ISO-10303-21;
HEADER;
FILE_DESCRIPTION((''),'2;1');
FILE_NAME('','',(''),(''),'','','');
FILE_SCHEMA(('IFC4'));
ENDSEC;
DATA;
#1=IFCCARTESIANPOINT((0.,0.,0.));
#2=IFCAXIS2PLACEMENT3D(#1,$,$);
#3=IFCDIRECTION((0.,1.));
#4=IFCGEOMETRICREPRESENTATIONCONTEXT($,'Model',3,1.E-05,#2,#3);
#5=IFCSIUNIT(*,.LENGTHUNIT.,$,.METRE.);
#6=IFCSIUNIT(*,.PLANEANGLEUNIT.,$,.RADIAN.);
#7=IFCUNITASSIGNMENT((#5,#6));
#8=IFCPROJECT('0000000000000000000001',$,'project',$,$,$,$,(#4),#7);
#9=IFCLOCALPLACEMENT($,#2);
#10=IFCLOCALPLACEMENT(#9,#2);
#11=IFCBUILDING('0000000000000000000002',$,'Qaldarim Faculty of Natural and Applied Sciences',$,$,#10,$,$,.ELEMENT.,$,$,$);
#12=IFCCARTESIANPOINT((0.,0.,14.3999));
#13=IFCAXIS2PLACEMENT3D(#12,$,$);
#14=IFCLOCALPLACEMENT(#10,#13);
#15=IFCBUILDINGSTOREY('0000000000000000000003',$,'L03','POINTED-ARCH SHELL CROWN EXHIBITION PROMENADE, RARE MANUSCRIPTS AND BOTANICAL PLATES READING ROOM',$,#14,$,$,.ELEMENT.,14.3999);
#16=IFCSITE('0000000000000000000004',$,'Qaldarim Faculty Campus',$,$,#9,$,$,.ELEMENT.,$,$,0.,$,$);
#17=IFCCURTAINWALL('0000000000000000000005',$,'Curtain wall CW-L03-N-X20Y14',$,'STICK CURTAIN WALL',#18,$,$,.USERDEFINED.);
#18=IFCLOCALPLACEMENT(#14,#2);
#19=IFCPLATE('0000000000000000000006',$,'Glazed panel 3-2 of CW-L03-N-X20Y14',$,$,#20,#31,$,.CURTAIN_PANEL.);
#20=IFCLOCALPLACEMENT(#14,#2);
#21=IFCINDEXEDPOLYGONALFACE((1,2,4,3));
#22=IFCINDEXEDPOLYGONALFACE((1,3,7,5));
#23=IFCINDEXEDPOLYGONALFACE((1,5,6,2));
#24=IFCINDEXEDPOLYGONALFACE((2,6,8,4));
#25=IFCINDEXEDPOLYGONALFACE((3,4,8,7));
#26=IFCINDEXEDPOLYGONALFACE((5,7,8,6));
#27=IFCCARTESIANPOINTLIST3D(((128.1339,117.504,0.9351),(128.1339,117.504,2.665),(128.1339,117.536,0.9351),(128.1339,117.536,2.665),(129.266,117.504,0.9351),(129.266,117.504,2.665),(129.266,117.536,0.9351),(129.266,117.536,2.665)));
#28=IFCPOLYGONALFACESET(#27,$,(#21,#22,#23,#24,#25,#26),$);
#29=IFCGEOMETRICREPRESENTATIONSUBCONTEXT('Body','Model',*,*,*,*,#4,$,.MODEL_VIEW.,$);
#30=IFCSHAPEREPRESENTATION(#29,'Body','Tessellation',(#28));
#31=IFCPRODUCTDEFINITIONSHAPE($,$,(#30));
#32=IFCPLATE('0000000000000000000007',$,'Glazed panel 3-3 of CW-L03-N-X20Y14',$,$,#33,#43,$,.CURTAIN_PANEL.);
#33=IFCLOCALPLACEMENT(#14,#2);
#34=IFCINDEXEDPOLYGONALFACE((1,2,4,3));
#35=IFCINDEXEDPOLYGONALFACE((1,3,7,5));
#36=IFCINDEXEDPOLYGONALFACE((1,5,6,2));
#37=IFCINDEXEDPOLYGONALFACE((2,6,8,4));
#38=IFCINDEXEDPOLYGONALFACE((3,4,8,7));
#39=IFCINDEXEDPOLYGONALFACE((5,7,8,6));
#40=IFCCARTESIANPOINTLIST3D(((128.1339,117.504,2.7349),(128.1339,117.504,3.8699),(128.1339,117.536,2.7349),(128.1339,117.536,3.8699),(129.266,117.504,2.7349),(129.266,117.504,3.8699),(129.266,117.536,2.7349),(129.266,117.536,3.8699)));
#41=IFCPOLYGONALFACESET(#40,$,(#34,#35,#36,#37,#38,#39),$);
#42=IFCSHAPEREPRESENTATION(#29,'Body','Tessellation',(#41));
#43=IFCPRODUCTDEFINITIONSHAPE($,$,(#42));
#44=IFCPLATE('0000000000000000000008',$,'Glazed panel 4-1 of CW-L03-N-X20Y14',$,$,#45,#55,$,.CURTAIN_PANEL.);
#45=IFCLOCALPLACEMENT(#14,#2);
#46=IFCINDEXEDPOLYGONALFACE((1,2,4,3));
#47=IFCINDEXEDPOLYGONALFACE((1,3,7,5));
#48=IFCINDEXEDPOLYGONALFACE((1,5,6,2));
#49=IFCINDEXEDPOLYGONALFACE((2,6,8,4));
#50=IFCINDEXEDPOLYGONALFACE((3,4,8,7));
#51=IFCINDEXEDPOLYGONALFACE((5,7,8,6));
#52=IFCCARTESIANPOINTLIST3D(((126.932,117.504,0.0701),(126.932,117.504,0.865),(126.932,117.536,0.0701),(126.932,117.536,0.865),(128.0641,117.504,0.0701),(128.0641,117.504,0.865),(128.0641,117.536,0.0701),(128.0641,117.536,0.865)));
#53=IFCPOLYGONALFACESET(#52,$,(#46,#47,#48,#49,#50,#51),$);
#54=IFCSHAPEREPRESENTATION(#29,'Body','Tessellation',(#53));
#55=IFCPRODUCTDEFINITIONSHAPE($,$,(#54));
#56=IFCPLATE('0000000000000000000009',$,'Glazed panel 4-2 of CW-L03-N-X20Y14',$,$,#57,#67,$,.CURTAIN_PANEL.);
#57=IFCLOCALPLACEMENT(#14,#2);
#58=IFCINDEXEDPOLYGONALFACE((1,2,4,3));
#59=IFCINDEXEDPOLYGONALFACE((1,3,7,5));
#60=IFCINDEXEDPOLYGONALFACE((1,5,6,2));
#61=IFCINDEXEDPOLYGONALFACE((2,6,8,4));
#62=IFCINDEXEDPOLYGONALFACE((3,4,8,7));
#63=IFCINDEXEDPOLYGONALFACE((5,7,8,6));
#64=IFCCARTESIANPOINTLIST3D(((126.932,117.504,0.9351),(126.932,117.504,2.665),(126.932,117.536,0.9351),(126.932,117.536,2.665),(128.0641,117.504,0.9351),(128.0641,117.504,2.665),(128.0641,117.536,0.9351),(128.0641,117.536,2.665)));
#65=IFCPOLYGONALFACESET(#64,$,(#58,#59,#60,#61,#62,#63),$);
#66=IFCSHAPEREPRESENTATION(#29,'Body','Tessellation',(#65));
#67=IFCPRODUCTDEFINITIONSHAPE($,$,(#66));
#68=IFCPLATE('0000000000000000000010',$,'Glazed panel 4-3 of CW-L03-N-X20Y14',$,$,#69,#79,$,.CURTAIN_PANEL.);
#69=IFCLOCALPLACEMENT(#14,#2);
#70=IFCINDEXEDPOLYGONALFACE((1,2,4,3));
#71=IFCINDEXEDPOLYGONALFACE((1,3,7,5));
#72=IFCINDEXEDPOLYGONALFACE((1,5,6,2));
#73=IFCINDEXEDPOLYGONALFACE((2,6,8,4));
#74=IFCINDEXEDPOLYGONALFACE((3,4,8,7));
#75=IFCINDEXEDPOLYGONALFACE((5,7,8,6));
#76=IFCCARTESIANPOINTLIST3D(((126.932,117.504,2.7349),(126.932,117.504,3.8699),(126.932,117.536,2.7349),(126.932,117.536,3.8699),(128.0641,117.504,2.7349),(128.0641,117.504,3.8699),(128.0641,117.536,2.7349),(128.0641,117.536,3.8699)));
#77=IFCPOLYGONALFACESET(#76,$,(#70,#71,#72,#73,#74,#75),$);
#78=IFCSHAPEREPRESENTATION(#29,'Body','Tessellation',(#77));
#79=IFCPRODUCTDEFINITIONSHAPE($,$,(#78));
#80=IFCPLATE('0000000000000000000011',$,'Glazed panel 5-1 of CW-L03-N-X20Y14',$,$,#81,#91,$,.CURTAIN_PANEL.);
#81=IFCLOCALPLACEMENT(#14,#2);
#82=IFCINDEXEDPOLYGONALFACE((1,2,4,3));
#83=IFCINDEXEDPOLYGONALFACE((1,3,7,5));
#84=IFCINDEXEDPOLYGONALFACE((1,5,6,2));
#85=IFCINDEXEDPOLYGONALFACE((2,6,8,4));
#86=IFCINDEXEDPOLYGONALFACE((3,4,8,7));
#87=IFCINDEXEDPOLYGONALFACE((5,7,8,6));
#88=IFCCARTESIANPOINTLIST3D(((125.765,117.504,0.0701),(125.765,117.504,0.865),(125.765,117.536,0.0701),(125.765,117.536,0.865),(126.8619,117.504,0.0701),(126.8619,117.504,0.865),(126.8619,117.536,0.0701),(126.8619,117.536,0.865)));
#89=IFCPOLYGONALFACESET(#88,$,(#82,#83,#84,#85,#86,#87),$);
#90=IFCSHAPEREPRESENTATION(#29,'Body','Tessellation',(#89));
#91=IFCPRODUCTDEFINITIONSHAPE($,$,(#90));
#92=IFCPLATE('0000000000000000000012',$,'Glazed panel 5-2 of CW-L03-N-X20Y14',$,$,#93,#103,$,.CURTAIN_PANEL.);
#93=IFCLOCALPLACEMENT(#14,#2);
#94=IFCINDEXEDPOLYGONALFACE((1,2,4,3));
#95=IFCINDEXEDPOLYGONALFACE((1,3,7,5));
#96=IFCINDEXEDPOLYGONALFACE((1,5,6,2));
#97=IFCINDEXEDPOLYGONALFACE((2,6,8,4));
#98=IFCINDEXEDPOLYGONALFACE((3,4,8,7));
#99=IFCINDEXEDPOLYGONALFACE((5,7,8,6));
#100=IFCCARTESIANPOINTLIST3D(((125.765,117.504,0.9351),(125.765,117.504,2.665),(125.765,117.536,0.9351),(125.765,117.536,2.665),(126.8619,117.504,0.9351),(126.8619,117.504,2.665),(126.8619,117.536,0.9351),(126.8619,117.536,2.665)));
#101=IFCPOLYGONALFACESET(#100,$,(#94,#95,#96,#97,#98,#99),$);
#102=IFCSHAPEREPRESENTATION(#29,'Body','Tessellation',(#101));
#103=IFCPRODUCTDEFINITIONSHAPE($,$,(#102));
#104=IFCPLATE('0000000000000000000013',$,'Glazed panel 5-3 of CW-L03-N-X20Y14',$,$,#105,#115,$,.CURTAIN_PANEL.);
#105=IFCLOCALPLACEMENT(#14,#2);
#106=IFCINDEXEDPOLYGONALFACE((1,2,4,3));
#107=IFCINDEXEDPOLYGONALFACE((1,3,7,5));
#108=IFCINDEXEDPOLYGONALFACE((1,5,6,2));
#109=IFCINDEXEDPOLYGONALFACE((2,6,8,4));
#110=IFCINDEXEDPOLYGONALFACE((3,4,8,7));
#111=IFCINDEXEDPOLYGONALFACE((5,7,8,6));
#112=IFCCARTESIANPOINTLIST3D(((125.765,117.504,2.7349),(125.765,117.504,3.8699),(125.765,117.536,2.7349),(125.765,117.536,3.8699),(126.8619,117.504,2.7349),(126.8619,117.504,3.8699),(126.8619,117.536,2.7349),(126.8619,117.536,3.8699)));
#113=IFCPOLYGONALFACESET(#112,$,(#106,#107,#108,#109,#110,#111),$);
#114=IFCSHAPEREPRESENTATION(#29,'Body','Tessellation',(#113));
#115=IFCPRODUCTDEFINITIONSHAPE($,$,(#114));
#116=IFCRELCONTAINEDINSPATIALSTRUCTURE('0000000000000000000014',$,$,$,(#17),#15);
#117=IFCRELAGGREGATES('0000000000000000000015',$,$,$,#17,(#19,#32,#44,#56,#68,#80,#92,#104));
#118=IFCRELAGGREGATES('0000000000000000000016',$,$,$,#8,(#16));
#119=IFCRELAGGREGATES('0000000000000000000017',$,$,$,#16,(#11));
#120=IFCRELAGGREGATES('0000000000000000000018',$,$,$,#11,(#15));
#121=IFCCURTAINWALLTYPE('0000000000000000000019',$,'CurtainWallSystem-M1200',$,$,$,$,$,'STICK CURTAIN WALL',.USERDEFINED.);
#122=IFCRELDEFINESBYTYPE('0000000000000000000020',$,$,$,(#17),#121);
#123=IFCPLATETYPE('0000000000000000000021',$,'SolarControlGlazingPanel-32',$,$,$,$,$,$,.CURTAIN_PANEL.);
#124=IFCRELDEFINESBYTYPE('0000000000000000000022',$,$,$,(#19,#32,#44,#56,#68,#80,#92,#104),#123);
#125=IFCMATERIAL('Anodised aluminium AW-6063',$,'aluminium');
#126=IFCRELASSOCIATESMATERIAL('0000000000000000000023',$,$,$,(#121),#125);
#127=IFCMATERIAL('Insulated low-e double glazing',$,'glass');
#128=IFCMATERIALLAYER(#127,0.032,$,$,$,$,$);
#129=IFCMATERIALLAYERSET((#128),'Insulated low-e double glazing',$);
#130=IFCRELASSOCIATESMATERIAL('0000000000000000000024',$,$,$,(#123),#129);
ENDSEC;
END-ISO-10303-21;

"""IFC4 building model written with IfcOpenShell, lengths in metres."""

from ifc_helpers import new_model, si_unit, direction, frame, origin, origin_2d, place, context, subcontext, project, spatial, rectangle, extrude, material, layer, layer_set, type_object, element, aggregate, save


model = new_model("IFC4")

# Units and contexts
model_context = context("Model", 3, precision=1e-05, world=origin(), true_north=direction((0.0, 1.0)))
body_context = subcontext(model_context, "Body", "Model", "MODEL_VIEW")
ifc_project = project(units=[si_unit("LENGTHUNIT", "METRE"), si_unit("PLANEANGLEUNIT", "RADIAN")], contexts=[model_context])

# Site, building, storey
site_placement = place(None, origin())
site = spatial("IfcSite", under=ifc_project, at=site_placement, Name="Qaldarim Faculty Campus", CompositionType="ELEMENT", RefElevation=0.0)
building_placement = place(site_placement, origin())
building = spatial("IfcBuilding", under=site, at=building_placement, Name="Qaldarim Faculty of Natural and Applied Sciences", CompositionType="ELEMENT")
storey_placement = place(building_placement, frame((0.0, 0.0, 14.3999)))
storey = spatial("IfcBuildingStorey", under=building, at=storey_placement, Name="L03", Description="POINTED-ARCH SHELL CROWN EXHIBITION PROMENADE, RARE MANUSCRIPTS AND BOTANICAL PLATES READING ROOM", CompositionType="ELEMENT", Elevation=14.3999)

# Curtain wall
ifc_material_1 = material(Name="Anodised aluminium AW-6063", Category="aluminium")
curtain_wall_type = type_object("IfcCurtainWallType", Name="CurtainWallSystem-M1200", ElementType="STICK CURTAIN WALL", PredefinedType="USERDEFINED", material=ifc_material_1)
curtain_wall_placement = place(storey_placement, origin())
curtain_wall = element("IfcCurtainWall", 1, at=curtain_wall_placement, inside=storey, type_object=curtain_wall_type, Name="Curtain wall CW-L03-N-X20Y14", ObjectType="STICK CURTAIN WALL", PredefinedType="USERDEFINED")

# Plates
ifc_material_2 = material(Name="Insulated low-e double glazing", Category="glass")
ifc_layer = layer(ifc_material_2, 0.032)
ifc_layer_set = layer_set([ifc_layer], Name="Insulated low-e double glazing")
plate_type = type_object("IfcPlateType", Name="SolarControlGlazingPanel-32", PredefinedType="CURTAIN_PANEL", material=ifc_layer_set)
plate_1_placement = place(storey_placement, frame((128.7, 117.52, 0.9351), z_axis=(0.0, 0.0, 1.0), x_axis=(-1.0, 0.0, 0.0)))
plate_1 = element("IfcPlate", 2, at=plate_1_placement, type_object=plate_type, Name="Glazed panel 3-2 of CW-L03-N-X20Y14", PredefinedType="CURTAIN_PANEL", context=body_context, shape_type="SweptSolid", body=[
    extrude(rectangle(XDim=1.1321, YDim=0.032, at=origin_2d()), origin(), (0.0, 0.0, 1.0), 1.73),
])
plate_2_placement = place(storey_placement, frame((128.7, 117.52, 2.7349), z_axis=(0.0, 0.0, 1.0), x_axis=(-1.0, 0.0, 0.0)))
plate_2 = element("IfcPlate", 3, at=plate_2_placement, type_object=plate_type, Name="Glazed panel 3-3 of CW-L03-N-X20Y14", PredefinedType="CURTAIN_PANEL", context=body_context, shape_type="SweptSolid", body=[
    extrude(rectangle(XDim=1.1321, YDim=0.032, at=origin_2d()), origin(), (0.0, 0.0, 1.0), 1.135),
])
plate_3_placement = place(storey_placement, frame((127.498, 117.52, 0.0701), z_axis=(0.0, 0.0, 1.0), x_axis=(-1.0, 0.0, 0.0)))
plate_3 = element("IfcPlate", 4, at=plate_3_placement, type_object=plate_type, Name="Glazed panel 4-1 of CW-L03-N-X20Y14", PredefinedType="CURTAIN_PANEL", context=body_context, shape_type="SweptSolid", body=[
    extrude(rectangle(XDim=1.1321, YDim=0.032, at=origin_2d()), origin(), (0.0, 0.0, 1.0), 0.7949),
])
plate_4_placement = place(storey_placement, frame((127.498, 117.52, 0.9351), z_axis=(0.0, 0.0, 1.0), x_axis=(-1.0, 0.0, 0.0)))
plate_4 = element("IfcPlate", 5, at=plate_4_placement, type_object=plate_type, Name="Glazed panel 4-2 of CW-L03-N-X20Y14", PredefinedType="CURTAIN_PANEL", context=body_context, shape_type="SweptSolid", body=[
    extrude(rectangle(XDim=1.1321, YDim=0.032, at=origin_2d()), origin(), (0.0, 0.0, 1.0), 1.73),
])
plate_5_placement = place(storey_placement, frame((127.498, 117.52, 2.7349), z_axis=(0.0, 0.0, 1.0), x_axis=(-1.0, 0.0, 0.0)))
plate_5 = element("IfcPlate", 6, at=plate_5_placement, type_object=plate_type, Name="Glazed panel 4-3 of CW-L03-N-X20Y14", PredefinedType="CURTAIN_PANEL", context=body_context, shape_type="SweptSolid", body=[
    extrude(rectangle(XDim=1.1321, YDim=0.032, at=origin_2d()), origin(), (0.0, 0.0, 1.0), 1.135),
])
plate_6_placement = place(storey_placement, frame((126.3135, 117.52, 0.0701), z_axis=(0.0, 0.0, 1.0), x_axis=(-1.0, 0.0, 0.0)))
plate_6 = element("IfcPlate", 7, at=plate_6_placement, type_object=plate_type, Name="Glazed panel 5-1 of CW-L03-N-X20Y14", PredefinedType="CURTAIN_PANEL", context=body_context, shape_type="SweptSolid", body=[
    extrude(rectangle(XDim=1.0969, YDim=0.032, at=origin_2d()), origin(), (0.0, 0.0, 1.0), 0.7949),
])
plate_7_placement = place(storey_placement, frame((126.3135, 117.52, 0.9351), z_axis=(0.0, 0.0, 1.0), x_axis=(-1.0, 0.0, 0.0)))
plate_7 = element("IfcPlate", 8, at=plate_7_placement, type_object=plate_type, Name="Glazed panel 5-2 of CW-L03-N-X20Y14", PredefinedType="CURTAIN_PANEL", context=body_context, shape_type="SweptSolid", body=[
    extrude(rectangle(XDim=1.0969, YDim=0.032, at=origin_2d()), origin(), (0.0, 0.0, 1.0), 1.73),
])
plate_8_placement = place(storey_placement, frame((126.3135, 117.52, 2.7349), z_axis=(0.0, 0.0, 1.0), x_axis=(-1.0, 0.0, 0.0)))
plate_8 = element("IfcPlate", 9, at=plate_8_placement, type_object=plate_type, Name="Glazed panel 5-3 of CW-L03-N-X20Y14", PredefinedType="CURTAIN_PANEL", context=body_context, shape_type="SweptSolid", body=[
    extrude(rectangle(XDim=1.0969, YDim=0.032, at=origin_2d()), origin(), (0.0, 0.0, 1.0), 1.135),
])
aggregate(curtain_wall, [plate_1, plate_2, plate_3, plate_4, plate_5, plate_6, plate_7, plate_8])

save(model, "model.ifc")
